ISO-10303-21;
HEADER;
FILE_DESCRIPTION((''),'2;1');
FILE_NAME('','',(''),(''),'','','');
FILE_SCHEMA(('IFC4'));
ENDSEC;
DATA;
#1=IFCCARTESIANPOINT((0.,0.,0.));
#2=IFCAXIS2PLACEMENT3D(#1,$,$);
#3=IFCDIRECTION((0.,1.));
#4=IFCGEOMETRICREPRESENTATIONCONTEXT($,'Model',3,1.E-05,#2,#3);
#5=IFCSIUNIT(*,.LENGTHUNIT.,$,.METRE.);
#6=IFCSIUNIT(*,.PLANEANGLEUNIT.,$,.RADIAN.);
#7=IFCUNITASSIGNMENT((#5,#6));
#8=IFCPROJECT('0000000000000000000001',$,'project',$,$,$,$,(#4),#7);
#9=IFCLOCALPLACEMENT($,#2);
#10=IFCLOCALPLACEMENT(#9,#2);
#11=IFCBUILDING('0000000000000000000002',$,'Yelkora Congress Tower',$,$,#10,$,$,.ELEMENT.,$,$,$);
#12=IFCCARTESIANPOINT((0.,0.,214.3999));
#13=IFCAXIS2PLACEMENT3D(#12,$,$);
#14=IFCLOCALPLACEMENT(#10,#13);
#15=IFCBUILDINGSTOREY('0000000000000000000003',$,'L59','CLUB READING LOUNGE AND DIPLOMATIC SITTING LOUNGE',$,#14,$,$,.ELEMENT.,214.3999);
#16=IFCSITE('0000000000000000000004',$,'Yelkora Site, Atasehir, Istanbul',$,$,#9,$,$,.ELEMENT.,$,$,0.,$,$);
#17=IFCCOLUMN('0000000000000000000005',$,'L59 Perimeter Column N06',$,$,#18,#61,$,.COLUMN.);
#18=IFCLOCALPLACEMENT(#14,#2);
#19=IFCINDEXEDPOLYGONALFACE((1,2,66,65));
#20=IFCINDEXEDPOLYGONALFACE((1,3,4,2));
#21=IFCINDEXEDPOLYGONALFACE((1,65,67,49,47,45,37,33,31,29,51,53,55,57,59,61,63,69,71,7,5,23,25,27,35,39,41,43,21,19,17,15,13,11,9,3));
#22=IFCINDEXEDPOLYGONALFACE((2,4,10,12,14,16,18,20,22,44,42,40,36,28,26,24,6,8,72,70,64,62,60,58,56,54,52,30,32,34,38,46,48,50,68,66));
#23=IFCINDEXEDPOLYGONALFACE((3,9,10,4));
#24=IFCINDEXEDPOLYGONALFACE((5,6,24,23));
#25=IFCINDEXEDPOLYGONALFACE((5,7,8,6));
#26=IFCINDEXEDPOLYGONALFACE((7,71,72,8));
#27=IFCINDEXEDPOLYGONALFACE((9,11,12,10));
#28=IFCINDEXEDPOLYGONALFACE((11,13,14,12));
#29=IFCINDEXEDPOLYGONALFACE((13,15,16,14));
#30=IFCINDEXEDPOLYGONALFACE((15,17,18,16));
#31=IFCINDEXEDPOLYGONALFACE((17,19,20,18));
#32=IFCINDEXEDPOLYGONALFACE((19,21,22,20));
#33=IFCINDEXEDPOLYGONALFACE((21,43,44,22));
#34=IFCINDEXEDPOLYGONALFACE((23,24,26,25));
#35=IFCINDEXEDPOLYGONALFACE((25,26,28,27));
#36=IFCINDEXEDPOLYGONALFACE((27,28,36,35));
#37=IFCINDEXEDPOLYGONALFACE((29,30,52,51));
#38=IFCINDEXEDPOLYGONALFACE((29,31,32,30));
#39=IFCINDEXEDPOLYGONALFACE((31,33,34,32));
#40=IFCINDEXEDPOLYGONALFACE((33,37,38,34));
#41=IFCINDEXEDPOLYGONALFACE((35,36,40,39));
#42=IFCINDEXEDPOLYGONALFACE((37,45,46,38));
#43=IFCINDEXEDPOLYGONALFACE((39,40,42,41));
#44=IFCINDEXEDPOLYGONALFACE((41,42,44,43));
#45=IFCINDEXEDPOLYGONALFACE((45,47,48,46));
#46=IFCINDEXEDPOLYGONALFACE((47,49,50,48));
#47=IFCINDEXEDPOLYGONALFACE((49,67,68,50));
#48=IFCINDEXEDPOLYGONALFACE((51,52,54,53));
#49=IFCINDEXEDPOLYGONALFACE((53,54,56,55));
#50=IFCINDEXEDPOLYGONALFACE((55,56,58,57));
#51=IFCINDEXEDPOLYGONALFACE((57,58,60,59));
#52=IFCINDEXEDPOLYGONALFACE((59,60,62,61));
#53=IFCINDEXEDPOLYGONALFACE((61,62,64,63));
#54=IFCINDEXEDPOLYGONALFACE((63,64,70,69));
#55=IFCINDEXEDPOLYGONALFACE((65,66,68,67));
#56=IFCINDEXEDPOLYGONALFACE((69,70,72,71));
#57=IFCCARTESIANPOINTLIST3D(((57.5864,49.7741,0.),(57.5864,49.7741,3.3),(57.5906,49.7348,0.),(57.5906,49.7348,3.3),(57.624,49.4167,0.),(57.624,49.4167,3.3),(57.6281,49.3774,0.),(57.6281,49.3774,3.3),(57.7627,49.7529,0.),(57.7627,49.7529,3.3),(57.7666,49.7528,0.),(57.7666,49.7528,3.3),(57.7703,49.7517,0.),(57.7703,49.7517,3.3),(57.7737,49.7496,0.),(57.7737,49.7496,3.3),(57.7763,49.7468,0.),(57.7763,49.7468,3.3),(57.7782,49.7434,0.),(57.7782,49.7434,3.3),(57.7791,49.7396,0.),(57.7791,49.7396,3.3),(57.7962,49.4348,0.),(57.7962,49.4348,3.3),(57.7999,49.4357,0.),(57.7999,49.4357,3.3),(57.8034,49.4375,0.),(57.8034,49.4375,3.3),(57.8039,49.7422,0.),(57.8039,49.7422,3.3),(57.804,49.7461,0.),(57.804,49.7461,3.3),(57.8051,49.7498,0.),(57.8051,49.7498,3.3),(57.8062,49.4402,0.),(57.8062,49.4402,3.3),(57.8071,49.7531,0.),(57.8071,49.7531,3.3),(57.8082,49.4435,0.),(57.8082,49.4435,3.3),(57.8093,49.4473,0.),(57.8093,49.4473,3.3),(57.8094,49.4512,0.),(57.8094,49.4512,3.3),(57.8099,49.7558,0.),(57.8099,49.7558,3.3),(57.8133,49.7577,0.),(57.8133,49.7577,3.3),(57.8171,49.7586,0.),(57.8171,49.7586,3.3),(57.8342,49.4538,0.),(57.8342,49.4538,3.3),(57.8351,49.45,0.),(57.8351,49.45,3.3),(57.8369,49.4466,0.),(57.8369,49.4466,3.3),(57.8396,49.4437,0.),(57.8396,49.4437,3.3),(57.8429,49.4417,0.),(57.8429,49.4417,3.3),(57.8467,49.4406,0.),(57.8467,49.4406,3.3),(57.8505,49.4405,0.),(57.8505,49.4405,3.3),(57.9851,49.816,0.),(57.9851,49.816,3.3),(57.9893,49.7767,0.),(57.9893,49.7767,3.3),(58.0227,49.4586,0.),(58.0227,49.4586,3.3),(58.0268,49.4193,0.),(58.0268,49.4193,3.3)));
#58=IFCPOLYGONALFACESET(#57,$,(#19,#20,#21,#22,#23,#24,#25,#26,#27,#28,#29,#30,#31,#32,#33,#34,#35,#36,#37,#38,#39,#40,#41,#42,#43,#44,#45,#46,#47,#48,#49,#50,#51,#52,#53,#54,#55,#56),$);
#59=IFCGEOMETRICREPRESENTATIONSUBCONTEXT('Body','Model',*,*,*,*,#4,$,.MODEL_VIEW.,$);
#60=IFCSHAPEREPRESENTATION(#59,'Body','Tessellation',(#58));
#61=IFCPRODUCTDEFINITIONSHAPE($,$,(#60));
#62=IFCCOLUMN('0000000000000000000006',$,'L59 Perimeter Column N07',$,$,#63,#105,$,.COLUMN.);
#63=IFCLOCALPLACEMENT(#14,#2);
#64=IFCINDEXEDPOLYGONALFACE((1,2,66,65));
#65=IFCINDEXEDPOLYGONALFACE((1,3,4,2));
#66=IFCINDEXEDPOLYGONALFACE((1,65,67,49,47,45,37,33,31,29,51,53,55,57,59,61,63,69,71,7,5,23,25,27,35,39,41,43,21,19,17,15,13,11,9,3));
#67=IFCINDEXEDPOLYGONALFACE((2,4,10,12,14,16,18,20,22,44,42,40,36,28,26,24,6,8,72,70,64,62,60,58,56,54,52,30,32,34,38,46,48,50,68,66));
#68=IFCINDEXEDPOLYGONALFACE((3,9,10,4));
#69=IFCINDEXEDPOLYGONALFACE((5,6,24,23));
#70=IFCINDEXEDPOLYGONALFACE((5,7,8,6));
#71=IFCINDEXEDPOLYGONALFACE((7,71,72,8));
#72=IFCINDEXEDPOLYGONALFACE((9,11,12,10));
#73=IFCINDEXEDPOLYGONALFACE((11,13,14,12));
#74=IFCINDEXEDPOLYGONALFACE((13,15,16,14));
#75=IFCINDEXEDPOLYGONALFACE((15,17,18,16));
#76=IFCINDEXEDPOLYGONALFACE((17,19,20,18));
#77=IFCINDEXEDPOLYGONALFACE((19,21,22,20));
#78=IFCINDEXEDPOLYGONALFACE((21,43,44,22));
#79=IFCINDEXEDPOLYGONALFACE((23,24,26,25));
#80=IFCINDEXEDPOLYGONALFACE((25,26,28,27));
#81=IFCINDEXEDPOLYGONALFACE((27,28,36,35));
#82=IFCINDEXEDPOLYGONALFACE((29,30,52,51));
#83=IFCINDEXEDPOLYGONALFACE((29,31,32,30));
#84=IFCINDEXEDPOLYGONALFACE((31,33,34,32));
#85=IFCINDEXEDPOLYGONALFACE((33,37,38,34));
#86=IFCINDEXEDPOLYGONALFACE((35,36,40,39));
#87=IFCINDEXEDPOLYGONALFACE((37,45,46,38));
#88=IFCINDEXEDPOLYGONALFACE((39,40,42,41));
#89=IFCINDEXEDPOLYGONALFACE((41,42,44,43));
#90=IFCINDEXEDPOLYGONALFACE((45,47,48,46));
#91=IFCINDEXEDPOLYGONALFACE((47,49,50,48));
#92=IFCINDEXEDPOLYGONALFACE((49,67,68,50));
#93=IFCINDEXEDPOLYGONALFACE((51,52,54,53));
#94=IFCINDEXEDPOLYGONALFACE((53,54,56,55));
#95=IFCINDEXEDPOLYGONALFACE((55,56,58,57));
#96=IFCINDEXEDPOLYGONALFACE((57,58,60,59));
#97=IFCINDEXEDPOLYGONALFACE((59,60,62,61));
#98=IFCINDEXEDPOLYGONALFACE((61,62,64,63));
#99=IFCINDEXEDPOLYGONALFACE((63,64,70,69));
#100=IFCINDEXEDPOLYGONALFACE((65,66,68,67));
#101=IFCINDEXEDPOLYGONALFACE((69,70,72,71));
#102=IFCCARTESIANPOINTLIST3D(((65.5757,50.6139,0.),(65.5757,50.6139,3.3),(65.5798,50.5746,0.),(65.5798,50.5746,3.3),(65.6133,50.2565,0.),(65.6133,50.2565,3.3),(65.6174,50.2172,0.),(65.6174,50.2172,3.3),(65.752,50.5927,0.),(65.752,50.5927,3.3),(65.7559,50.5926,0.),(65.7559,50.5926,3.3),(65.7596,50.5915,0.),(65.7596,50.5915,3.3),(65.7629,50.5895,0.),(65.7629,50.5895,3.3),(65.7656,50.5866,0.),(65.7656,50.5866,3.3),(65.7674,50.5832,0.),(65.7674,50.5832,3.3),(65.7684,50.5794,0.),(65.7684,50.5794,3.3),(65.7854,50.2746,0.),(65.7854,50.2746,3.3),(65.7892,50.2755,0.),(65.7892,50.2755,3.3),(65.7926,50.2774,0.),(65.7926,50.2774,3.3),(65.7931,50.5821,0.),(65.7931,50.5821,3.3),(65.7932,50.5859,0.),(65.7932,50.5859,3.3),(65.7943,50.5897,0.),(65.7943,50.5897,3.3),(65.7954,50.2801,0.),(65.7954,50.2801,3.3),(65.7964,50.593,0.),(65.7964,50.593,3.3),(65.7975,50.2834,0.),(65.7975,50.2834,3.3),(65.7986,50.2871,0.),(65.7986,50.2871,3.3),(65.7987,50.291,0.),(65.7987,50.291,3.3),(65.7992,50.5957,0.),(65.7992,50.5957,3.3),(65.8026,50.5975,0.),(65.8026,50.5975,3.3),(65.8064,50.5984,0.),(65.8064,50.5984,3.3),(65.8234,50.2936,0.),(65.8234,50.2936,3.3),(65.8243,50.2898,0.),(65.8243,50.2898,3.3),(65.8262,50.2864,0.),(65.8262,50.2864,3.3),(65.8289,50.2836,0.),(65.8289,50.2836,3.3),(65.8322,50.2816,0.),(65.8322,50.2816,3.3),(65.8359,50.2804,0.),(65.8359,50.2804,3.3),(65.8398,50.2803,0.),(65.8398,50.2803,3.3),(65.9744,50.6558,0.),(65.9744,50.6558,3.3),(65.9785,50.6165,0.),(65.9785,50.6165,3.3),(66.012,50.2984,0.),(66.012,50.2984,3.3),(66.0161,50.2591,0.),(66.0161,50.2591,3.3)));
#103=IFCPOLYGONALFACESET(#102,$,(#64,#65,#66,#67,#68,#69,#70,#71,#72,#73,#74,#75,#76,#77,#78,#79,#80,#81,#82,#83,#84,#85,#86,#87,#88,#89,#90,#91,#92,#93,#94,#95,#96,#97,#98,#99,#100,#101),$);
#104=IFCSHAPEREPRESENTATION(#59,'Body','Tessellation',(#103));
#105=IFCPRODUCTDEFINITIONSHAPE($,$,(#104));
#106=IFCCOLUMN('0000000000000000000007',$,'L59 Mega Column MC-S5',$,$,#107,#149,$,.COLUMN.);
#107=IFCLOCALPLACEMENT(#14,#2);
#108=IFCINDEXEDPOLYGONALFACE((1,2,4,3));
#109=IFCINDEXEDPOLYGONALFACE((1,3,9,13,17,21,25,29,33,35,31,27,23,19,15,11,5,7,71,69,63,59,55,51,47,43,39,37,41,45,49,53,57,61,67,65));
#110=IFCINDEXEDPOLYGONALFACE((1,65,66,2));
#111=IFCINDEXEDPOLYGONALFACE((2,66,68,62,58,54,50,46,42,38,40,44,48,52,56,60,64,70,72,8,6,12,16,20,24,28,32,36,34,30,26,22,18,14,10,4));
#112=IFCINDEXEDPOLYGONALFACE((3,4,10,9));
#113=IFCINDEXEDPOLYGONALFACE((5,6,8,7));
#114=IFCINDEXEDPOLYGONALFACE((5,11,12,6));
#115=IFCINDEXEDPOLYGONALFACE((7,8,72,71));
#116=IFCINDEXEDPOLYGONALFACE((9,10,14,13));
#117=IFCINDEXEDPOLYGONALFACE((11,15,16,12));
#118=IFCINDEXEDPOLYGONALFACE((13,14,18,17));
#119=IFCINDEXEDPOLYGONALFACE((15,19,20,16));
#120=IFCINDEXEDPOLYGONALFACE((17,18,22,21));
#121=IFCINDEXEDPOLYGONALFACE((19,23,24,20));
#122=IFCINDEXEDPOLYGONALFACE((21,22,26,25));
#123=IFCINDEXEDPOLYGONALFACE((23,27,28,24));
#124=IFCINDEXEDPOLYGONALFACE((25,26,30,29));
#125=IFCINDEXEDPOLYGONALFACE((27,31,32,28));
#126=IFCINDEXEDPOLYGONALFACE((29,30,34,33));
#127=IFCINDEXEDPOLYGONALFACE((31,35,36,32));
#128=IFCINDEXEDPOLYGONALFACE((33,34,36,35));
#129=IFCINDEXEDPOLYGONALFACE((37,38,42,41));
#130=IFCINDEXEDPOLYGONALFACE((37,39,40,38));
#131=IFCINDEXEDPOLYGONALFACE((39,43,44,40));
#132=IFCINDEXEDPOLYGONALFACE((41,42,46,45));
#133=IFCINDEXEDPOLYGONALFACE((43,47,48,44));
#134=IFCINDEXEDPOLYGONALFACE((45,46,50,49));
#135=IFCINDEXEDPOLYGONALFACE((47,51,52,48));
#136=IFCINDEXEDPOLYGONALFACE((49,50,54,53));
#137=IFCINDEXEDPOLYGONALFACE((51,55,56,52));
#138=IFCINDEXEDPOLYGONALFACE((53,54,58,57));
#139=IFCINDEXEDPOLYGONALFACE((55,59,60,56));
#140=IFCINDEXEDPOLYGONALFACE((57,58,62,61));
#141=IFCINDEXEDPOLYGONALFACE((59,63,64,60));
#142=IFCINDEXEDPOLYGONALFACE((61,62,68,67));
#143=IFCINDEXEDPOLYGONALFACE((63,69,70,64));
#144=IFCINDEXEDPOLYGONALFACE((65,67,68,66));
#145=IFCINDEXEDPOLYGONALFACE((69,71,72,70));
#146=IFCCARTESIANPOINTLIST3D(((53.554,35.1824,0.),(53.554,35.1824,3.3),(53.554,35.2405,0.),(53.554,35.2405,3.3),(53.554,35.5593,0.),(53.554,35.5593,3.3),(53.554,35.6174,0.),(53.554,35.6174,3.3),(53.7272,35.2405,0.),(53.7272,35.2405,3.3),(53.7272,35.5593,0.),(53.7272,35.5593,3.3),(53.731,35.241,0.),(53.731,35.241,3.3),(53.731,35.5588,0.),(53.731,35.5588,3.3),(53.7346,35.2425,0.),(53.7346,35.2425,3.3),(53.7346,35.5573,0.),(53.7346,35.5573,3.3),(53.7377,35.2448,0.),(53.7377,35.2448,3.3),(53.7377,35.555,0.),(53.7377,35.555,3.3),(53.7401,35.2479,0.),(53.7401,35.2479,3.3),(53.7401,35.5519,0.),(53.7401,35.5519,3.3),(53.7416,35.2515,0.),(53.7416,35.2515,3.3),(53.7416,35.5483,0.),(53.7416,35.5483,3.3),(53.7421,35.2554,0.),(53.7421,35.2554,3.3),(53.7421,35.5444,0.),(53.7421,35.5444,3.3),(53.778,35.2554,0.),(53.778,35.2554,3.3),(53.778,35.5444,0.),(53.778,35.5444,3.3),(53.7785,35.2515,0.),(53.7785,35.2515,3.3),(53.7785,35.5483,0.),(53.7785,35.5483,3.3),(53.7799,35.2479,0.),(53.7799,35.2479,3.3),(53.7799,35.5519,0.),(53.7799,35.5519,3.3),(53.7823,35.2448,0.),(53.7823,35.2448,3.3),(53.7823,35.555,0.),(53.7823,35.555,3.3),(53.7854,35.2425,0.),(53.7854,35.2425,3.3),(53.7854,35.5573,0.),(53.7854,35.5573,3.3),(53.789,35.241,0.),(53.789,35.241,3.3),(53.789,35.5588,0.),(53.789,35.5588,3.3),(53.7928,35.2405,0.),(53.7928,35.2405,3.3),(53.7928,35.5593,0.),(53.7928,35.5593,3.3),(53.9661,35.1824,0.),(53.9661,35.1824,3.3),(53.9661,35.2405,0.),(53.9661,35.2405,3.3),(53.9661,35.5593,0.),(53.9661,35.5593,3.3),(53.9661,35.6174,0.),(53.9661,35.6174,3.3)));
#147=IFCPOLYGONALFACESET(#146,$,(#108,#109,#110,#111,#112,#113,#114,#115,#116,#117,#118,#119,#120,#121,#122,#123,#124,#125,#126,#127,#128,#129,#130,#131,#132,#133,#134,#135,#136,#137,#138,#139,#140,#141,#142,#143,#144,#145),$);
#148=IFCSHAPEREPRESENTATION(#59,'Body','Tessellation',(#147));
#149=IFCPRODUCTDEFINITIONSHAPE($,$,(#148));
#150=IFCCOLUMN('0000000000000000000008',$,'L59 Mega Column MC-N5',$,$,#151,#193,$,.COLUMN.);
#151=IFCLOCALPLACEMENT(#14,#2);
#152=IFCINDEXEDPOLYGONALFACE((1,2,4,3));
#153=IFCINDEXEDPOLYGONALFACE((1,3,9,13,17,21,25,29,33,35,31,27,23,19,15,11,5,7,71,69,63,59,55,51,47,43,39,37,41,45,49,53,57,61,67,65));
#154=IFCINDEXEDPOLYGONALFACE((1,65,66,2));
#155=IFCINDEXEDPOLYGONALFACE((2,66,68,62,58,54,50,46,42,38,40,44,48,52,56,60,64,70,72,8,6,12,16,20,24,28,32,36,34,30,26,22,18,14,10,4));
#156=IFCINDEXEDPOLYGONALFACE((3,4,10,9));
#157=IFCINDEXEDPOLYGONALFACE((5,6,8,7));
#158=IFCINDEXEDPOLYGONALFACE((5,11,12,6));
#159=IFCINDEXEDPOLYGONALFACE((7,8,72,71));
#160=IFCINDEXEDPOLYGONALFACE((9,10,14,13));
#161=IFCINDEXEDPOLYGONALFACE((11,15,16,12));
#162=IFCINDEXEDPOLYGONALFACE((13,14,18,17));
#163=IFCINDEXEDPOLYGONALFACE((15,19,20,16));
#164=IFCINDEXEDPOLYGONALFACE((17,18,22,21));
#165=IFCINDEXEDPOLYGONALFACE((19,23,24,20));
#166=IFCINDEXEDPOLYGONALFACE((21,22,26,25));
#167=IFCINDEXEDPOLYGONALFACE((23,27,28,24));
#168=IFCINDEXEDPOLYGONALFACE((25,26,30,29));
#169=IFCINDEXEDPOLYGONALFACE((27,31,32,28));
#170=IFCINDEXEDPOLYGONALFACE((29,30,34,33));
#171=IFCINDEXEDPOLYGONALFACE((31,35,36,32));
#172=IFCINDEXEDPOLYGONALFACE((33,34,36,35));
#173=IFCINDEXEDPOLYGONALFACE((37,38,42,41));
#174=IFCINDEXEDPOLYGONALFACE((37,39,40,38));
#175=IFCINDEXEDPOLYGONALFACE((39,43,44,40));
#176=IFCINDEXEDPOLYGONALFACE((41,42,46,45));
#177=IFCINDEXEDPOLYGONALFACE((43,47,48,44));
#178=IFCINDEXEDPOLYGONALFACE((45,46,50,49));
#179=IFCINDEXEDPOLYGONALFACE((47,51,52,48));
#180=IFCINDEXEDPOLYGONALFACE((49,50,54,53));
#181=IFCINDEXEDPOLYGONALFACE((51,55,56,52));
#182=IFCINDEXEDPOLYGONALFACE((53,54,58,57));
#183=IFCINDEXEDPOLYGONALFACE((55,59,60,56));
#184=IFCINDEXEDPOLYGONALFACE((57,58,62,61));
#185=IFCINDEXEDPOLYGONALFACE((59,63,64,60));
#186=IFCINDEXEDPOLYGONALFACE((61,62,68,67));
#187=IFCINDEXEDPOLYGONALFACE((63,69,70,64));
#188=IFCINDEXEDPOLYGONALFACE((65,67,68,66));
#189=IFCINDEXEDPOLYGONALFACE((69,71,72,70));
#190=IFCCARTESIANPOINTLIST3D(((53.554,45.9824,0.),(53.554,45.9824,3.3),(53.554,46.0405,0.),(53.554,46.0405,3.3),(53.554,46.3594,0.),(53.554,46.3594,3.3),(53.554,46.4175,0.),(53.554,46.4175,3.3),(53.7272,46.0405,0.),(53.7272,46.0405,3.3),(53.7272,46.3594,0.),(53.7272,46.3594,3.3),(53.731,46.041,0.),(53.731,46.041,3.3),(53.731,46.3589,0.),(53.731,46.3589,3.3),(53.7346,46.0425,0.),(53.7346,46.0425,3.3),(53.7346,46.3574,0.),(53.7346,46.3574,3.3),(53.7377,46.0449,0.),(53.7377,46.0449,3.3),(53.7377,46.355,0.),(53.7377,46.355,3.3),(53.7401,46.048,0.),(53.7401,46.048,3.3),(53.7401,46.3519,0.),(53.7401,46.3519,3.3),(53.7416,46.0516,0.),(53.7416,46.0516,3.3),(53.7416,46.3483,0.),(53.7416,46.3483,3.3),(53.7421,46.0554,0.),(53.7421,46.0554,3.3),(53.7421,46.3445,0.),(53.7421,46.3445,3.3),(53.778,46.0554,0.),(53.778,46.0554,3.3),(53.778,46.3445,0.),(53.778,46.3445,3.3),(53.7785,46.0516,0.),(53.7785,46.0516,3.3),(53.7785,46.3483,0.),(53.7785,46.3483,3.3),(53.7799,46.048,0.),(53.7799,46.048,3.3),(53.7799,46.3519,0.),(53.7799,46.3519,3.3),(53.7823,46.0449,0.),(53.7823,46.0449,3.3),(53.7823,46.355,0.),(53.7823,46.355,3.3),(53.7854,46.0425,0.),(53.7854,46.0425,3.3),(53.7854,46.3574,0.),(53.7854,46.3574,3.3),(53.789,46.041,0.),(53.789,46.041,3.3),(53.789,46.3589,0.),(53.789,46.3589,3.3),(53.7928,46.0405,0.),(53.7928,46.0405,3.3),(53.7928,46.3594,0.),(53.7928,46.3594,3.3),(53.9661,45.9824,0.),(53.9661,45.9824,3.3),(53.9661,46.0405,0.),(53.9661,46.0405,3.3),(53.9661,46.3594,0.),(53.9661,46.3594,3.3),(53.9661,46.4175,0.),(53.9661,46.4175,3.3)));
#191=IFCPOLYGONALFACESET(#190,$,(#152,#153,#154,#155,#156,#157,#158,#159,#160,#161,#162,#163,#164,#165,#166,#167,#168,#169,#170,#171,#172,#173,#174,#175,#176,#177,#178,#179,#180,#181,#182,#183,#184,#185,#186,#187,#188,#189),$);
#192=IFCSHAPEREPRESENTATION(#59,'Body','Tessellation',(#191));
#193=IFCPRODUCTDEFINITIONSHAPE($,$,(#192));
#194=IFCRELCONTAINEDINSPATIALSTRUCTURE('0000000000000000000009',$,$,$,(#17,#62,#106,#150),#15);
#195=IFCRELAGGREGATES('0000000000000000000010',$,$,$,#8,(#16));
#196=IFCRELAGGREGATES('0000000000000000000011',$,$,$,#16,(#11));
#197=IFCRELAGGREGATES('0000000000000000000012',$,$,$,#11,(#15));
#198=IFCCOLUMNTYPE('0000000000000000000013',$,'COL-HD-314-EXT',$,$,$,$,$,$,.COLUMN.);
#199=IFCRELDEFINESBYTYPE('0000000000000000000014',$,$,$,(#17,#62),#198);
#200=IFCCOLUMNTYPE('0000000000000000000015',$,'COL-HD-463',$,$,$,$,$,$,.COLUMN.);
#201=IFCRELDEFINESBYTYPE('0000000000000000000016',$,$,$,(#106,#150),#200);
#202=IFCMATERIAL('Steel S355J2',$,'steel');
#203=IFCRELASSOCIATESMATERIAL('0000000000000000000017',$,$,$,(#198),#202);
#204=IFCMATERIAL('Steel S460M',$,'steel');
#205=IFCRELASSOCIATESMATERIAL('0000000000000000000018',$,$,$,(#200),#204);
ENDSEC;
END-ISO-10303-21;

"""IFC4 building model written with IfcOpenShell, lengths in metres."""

from ifc_helpers import new_model, si_unit, direction, frame, origin, origin_2d, place, context, subcontext, project, spatial, i_section, extrude, material, material_profile, profile_set, type_object, element, save


model = new_model("IFC4")

# Units and contexts
model_context = context("Model", 3, precision=1e-05, world=origin(), true_north=direction((0.0, 1.0)))
body_context = subcontext(model_context, "Body", "Model", "MODEL_VIEW")
ifc_project = project(units=[si_unit("LENGTHUNIT", "METRE"), si_unit("PLANEANGLEUNIT", "RADIAN")], contexts=[model_context])

# Site, building, storey
site_placement = place(None, origin())
site = spatial("IfcSite", under=ifc_project, at=site_placement, Name="Yelkora Site, Atasehir, Istanbul", CompositionType="ELEMENT", RefElevation=0.0)
building_placement = place(site_placement, origin())
building = spatial("IfcBuilding", under=site, at=building_placement, Name="Yelkora Congress Tower", CompositionType="ELEMENT")
storey_placement = place(building_placement, frame((0.0, 0.0, 214.3999)))
storey = spatial("IfcBuildingStorey", under=building, at=storey_placement, Name="L59", Description="CLUB READING LOUNGE AND DIPLOMATIC SITTING LOUNGE", CompositionType="ELEMENT", Elevation=214.3999)

# Columns
ifc_material_1 = material(Name="Steel S355J2", Category="steel")
ifc_material_profile_1 = material_profile(ifc_material_1, i_section(OverallWidth=0.4009, OverallDepth=0.3989, WebThickness=0.0249, FlangeThickness=0.0396, FilletRadius=0.0149, at=origin_2d()), Name="HD 400x314")
ifc_profile_set_1 = profile_set([ifc_material_profile_1], Name="Steel S355J2")
column_type_1 = type_object("IfcColumnType", Name="COL-HD-314-EXT", PredefinedType="COLUMN", material=ifc_profile_set_1)
for number, where, z_axis, x_axis, name in (
    (1, (57.8066, 49.5967, 0.0), (0.0, 0.0, 1.0), (0.994522, 0.104528, 0.0), "L59 Perimeter Column N06"),
    (2, (65.7959, 50.4365, 0.0), (0.0, 0.0, 1.0), (0.994522, 0.104528, 0.0), "L59 Perimeter Column N07"),
):
    element("IfcColumn", number, at=place(storey_placement, frame(where, z_axis=z_axis, x_axis=x_axis)), inside=storey, type_object=column_type_1, Name=name, PredefinedType="COLUMN", context=body_context, shape_type="SweptSolid", body=[
        extrude(i_section(OverallWidth=0.4009, OverallDepth=0.3989, WebThickness=0.0249, FlangeThickness=0.0396, FilletRadius=0.0149, at=origin_2d()), origin(), (0.0, 0.0, 1.0), 3.3),
    ])
ifc_material_2 = material(Name="Steel S460M", Category="steel")
ifc_material_profile_2 = material_profile(ifc_material_2, i_section(OverallWidth=0.4121, OverallDepth=0.4351, WebThickness=0.0359, FlangeThickness=0.0581, FilletRadius=0.0149, at=origin_2d()), Name="HD 400x463")
ifc_profile_set_2 = profile_set([ifc_material_profile_2], Name="Steel S460M")
column_type_2 = type_object("IfcColumnType", Name="COL-HD-463", PredefinedType="COLUMN", material=ifc_profile_set_2)
for number, where, z_axis, x_axis, name in (
    (3, (53.76, 35.3999, 0.0), (0.0, 0.0, 1.0), (1.0, 0.0, 0.0), "L59 Mega Column MC-S5"),
    (4, (53.76, 46.2, 0.0), (0.0, 0.0, 1.0), (1.0, 0.0, 0.0), "L59 Mega Column MC-N5"),
):
    element("IfcColumn", number, at=place(storey_placement, frame(where, z_axis=z_axis, x_axis=x_axis)), inside=storey, type_object=column_type_2, Name=name, PredefinedType="COLUMN", context=body_context, shape_type="SweptSolid", body=[
        extrude(i_section(OverallWidth=0.4121, OverallDepth=0.4351, WebThickness=0.0359, FlangeThickness=0.0581, FilletRadius=0.0149, at=origin_2d()), origin(), (0.0, 0.0, 1.0), 3.3),
    ])

save(model, "model.ifc")
